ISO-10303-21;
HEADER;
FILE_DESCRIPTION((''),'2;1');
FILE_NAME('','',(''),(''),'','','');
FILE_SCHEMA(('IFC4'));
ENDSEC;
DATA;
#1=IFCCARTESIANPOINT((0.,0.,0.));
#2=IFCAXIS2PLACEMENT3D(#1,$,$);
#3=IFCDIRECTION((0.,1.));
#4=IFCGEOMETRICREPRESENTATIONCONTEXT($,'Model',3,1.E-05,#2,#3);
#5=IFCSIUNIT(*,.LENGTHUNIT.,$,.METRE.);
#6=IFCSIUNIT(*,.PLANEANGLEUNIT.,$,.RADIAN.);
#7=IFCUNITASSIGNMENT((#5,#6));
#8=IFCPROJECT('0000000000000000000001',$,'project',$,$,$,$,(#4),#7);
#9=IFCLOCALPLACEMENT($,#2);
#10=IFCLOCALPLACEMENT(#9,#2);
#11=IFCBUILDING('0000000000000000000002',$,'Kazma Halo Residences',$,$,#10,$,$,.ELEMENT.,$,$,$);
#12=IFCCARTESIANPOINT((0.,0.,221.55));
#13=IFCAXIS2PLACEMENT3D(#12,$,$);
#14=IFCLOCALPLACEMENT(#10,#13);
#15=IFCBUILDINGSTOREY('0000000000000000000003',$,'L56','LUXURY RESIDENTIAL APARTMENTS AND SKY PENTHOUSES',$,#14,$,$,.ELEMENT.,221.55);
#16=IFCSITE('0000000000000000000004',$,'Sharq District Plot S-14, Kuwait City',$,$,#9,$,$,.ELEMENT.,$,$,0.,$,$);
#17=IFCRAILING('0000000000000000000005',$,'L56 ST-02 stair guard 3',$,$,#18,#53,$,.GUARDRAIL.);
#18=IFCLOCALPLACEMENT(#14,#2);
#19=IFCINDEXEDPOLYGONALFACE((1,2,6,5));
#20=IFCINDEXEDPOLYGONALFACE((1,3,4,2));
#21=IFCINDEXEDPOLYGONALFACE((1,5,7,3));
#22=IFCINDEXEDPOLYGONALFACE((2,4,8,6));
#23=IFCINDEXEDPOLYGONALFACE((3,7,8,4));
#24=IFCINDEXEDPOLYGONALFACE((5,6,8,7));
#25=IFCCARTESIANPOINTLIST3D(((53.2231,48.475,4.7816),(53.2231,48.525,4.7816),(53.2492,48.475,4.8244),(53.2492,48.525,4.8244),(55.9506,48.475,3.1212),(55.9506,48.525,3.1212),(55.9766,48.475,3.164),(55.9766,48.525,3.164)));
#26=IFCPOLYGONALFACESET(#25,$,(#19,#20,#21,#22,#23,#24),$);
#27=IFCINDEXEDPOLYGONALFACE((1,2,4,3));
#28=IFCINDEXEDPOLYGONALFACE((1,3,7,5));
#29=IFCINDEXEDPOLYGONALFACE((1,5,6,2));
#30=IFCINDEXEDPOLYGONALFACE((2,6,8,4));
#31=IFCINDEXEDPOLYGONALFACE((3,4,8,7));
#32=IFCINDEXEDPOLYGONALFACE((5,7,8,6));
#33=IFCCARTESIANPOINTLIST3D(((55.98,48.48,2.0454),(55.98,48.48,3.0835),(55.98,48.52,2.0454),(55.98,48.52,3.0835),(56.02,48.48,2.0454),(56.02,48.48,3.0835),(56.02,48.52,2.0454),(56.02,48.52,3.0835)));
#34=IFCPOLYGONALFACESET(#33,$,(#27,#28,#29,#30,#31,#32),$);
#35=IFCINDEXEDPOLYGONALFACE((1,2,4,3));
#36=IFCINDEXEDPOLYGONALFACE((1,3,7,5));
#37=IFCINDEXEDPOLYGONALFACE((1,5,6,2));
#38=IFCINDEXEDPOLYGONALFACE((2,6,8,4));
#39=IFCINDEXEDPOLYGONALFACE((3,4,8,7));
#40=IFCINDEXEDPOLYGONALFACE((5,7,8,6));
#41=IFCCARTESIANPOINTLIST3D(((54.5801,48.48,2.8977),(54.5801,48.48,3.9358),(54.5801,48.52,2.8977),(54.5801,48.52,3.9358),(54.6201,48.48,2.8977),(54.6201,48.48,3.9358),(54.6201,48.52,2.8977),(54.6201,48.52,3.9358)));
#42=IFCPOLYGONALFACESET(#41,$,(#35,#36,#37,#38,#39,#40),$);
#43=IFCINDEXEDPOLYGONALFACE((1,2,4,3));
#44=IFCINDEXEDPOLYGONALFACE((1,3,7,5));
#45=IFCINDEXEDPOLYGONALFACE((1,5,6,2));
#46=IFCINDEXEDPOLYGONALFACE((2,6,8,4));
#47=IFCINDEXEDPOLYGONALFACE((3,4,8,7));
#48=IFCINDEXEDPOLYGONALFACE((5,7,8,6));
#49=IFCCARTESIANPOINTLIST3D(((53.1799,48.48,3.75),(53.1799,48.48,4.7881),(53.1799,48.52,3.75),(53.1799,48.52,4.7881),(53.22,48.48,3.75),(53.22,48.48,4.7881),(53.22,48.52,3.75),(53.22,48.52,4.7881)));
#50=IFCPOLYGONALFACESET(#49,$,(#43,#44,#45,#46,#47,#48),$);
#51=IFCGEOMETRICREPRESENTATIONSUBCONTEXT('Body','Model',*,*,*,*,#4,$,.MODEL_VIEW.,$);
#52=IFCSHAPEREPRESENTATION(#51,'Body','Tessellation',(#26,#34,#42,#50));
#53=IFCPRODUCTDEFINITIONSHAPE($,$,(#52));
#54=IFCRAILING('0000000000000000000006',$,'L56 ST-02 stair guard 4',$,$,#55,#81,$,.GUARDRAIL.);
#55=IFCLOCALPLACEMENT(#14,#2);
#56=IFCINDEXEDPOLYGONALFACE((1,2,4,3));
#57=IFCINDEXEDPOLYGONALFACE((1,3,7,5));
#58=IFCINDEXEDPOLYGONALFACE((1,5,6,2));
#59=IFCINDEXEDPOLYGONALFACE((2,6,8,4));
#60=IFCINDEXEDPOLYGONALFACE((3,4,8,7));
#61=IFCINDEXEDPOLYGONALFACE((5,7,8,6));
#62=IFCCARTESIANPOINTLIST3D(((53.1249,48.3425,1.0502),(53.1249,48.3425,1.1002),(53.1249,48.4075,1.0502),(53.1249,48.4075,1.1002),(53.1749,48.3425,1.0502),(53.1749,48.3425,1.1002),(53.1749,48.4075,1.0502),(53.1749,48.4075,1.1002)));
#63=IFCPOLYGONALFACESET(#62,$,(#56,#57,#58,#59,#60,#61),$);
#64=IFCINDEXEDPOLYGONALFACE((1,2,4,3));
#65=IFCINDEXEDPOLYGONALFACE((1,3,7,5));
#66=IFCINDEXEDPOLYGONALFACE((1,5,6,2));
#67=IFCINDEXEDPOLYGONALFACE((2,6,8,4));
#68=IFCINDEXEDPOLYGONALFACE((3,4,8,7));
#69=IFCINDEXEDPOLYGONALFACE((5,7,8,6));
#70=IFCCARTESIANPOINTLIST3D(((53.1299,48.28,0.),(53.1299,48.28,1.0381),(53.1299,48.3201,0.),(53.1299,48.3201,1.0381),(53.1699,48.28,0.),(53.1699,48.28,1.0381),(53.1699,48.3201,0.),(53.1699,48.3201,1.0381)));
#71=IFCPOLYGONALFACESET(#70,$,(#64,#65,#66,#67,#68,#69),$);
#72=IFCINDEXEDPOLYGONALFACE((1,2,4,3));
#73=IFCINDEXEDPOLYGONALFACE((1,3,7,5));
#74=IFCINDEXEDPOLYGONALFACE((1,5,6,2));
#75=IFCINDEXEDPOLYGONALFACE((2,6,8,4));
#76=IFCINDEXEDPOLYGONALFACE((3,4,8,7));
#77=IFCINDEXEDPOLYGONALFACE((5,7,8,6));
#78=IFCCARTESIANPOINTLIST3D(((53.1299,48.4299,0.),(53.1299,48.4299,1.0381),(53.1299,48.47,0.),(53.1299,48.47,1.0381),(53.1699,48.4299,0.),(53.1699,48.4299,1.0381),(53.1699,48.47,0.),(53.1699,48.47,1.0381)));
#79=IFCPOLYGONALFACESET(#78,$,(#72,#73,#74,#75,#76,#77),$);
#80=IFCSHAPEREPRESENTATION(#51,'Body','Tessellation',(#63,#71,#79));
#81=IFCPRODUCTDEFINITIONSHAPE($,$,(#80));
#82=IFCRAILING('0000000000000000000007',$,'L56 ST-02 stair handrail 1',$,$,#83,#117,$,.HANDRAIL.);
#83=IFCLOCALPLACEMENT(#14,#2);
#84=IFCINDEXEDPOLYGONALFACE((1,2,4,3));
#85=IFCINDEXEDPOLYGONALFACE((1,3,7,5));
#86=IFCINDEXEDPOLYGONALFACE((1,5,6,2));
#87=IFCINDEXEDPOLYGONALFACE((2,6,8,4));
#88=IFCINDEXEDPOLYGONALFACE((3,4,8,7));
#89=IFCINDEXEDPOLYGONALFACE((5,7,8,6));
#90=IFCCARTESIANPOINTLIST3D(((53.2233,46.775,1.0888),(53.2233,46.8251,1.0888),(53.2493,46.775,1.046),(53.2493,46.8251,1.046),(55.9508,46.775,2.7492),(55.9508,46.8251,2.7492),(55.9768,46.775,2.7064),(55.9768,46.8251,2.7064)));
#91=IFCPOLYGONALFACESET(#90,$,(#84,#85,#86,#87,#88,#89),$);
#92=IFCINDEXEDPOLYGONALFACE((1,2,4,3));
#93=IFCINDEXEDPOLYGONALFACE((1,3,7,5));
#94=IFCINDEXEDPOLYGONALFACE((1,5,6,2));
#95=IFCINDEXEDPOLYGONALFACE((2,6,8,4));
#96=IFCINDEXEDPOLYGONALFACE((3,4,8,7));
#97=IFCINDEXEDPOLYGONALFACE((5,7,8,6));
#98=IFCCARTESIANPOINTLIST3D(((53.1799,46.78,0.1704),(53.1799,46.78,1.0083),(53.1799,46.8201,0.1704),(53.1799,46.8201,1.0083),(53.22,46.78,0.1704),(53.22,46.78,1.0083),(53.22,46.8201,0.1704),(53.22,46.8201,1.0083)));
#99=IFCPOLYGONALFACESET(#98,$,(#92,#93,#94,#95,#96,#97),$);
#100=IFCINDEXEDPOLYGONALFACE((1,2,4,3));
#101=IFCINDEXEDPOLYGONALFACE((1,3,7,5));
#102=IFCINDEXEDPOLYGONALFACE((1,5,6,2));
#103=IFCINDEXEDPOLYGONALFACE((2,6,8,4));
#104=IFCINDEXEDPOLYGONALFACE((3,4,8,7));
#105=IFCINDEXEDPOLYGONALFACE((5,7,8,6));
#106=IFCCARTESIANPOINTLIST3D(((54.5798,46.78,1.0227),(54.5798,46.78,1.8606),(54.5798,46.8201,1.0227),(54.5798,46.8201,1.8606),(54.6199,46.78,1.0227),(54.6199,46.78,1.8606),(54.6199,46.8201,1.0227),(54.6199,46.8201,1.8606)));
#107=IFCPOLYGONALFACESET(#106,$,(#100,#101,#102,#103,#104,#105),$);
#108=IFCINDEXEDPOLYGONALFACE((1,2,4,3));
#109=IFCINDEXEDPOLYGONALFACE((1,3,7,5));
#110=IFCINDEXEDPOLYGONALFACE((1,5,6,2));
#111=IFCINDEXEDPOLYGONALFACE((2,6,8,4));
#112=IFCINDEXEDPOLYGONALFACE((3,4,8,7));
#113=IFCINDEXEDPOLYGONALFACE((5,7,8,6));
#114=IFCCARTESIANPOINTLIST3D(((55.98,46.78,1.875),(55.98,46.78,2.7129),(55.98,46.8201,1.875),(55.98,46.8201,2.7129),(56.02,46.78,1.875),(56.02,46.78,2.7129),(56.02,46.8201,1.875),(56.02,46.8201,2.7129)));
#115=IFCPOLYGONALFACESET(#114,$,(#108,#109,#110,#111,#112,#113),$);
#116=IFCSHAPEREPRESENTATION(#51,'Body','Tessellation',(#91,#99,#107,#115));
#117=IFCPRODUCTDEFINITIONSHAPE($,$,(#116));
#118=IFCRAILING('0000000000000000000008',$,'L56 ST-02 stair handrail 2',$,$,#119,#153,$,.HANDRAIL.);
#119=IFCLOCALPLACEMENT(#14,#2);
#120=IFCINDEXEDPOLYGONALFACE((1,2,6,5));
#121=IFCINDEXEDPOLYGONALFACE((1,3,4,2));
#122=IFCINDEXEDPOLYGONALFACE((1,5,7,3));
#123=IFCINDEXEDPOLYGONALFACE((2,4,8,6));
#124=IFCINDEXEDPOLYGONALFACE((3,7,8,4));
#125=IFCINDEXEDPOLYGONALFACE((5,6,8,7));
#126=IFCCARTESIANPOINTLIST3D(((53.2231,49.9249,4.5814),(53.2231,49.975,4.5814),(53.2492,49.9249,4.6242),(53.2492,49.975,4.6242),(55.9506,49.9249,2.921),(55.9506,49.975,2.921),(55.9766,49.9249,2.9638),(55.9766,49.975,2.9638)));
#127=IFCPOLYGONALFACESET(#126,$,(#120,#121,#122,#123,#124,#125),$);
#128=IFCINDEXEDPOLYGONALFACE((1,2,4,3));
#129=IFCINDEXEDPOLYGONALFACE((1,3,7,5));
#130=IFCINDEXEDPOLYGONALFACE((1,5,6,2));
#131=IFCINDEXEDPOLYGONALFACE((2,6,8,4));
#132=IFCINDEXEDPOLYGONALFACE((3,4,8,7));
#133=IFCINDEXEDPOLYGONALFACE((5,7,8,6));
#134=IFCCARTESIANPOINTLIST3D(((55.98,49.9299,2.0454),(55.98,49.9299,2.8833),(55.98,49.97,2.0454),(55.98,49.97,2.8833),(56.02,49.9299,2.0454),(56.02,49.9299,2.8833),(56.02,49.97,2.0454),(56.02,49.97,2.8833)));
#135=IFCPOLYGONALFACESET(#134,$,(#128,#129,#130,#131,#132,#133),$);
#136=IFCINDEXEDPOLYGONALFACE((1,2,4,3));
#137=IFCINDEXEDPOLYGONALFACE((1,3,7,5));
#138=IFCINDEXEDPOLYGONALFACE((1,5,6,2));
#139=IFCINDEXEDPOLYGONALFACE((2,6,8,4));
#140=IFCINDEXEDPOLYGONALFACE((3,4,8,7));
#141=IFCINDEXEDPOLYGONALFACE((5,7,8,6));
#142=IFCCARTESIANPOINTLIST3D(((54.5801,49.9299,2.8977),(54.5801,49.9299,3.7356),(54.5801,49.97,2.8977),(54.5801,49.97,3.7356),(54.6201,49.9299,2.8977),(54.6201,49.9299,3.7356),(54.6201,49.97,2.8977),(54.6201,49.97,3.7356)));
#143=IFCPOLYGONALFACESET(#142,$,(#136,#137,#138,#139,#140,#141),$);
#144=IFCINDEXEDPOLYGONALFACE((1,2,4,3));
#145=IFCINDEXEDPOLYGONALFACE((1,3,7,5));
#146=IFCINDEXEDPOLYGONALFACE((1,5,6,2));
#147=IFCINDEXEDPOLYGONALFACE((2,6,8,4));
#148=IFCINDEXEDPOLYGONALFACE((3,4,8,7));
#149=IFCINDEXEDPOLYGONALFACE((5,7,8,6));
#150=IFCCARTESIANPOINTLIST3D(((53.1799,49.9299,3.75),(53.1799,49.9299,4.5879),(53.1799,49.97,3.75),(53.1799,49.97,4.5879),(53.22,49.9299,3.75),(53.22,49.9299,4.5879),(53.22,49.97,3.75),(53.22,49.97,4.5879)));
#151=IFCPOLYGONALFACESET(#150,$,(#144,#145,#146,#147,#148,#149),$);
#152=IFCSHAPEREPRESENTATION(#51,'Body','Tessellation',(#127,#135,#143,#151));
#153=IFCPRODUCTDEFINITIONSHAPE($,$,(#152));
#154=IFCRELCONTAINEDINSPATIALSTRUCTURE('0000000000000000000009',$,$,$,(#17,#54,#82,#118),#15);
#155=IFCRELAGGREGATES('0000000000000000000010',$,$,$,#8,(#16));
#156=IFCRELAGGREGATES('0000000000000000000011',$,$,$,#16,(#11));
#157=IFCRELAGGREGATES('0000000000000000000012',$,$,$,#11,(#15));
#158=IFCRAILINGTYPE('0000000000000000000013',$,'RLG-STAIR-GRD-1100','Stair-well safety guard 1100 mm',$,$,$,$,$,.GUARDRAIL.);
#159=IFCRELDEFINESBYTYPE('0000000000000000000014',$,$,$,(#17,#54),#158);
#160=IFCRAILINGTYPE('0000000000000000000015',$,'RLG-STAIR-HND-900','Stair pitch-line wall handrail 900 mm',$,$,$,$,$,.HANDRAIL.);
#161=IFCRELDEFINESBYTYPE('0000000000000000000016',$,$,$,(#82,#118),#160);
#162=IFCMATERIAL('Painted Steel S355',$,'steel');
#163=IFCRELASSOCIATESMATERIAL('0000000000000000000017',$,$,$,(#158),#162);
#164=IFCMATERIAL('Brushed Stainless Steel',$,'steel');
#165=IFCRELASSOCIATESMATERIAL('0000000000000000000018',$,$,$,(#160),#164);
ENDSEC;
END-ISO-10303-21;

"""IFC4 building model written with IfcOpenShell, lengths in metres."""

from ifc_helpers import new_model, si_unit, direction, frame, origin, origin_2d, place, context, subcontext, project, spatial, rectangle, extrude, material, type_object, element, save


model = new_model("IFC4")

# Units and contexts
model_context = context("Model", 3, precision=1e-05, world=origin(), true_north=direction((0.0, 1.0)))
body_context = subcontext(model_context, "Body", "Model", "MODEL_VIEW")
ifc_project = project(units=[si_unit("LENGTHUNIT", "METRE"), si_unit("PLANEANGLEUNIT", "RADIAN")], contexts=[model_context])

# Site, building, storey
site_placement = place(None, origin())
site = spatial("IfcSite", under=ifc_project, at=site_placement, Name="Sharq District Plot S-14, Kuwait City", CompositionType="ELEMENT", RefElevation=0.0)
building_placement = place(site_placement, origin())
building = spatial("IfcBuilding", under=site, at=building_placement, Name="Kazma Halo Residences", CompositionType="ELEMENT")
storey_placement = place(building_placement, frame((0.0, 0.0, 221.55)))
storey = spatial("IfcBuildingStorey", under=building, at=storey_placement, Name="L56", Description="LUXURY RESIDENTIAL APARTMENTS AND SKY PENTHOUSES", CompositionType="ELEMENT", Elevation=221.55)

# Railings
ifc_material_1 = material(Name="Painted Steel S355", Category="steel")
railing_type_1 = type_object("IfcRailingType", Name="RLG-STAIR-GRD-1100", Description="Stair-well safety guard 1100 mm", PredefinedType="GUARDRAIL", material=ifc_material_1)
railing_1_placement = place(storey_placement, frame((56.0, 48.5, 2.0454)))
element("IfcRailing", 1, at=railing_1_placement, inside=storey, type_object=railing_type_1, Name="L56 ST-02 stair guard 3", PredefinedType="GUARDRAIL", context=body_context, shape_type="SweptSolid", body=[
    extrude(rectangle(XDim=0.05, YDim=0.05, at=origin_2d()), frame((-0.0364, 0.0, 1.0972), z_axis=(-0.85417, 0.0, 0.519994), x_axis=(0.0, -1.0, 0.0)), (0.0, 0.0, 1.0), 3.1931),
    extrude(rectangle(XDim=0.04, YDim=0.04, at=origin_2d()), origin(), (0.0, 0.0, 1.0), 1.0381),
    extrude(rectangle(XDim=0.04, YDim=0.04, at=origin_2d()), frame((-1.3999, 0.0, 0.8523)), (0.0, 0.0, 1.0), 1.0381),
    extrude(rectangle(XDim=0.04, YDim=0.04, at=origin_2d()), frame((-2.8, 0.0, 1.7046)), (0.0, 0.0, 1.0), 1.0381),
])
railing_2_placement = place(storey_placement, frame((53.1499, 48.3, 0.0)))
element("IfcRailing", 2, at=railing_2_placement, inside=storey, type_object=railing_type_1, Name="L56 ST-02 stair guard 4", PredefinedType="GUARDRAIL", context=body_context, shape_type="SweptSolid", body=[
    extrude(rectangle(XDim=0.05, YDim=0.05, at=origin_2d()), frame((0.0, 0.0425, 1.0752), z_axis=(0.0, 1.0, 0.0), x_axis=(-1.0, 0.0, 0.0)), (0.0, 0.0, 1.0), 0.0649),
    extrude(rectangle(XDim=0.04, YDim=0.04, at=origin_2d()), origin(), (0.0, 0.0, 1.0), 1.0381),
    extrude(rectangle(XDim=0.04, YDim=0.04, at=origin_2d()), frame((0.0, 0.1499, 0.0)), (0.0, 0.0, 1.0), 1.0381),
])
ifc_material_2 = material(Name="Brushed Stainless Steel", Category="steel")
railing_type_2 = type_object("IfcRailingType", Name="RLG-STAIR-HND-900", Description="Stair pitch-line wall handrail 900 mm", PredefinedType="HANDRAIL", material=ifc_material_2)
railing_3_placement = place(storey_placement, frame((53.2, 46.8, 0.1704)))
element("IfcRailing", 3, at=railing_3_placement, inside=storey, type_object=railing_type_2, Name="L56 ST-02 stair handrail 1", PredefinedType="HANDRAIL", context=body_context, shape_type="SweptSolid", body=[
    extrude(rectangle(XDim=0.05, YDim=0.05, at=origin_2d()), frame((0.0364, 0.0, 0.897), z_axis=(0.85417, 0.0, 0.519994), x_axis=(0.0, 1.0, 0.0)), (0.0, 0.0, 1.0), 3.1931),
    extrude(rectangle(XDim=0.04, YDim=0.04, at=origin_2d()), origin(), (0.0, 0.0, 1.0), 0.8379),
    extrude(rectangle(XDim=0.04, YDim=0.04, at=origin_2d()), frame((1.3999, 0.0, 0.8523)), (0.0, 0.0, 1.0), 0.8379),
    extrude(rectangle(XDim=0.04, YDim=0.04, at=origin_2d()), frame((2.8, 0.0, 1.7046)), (0.0, 0.0, 1.0), 0.8379),
])
railing_4_placement = place(storey_placement, frame((56.0, 49.95, 2.0454)))
element("IfcRailing", 4, at=railing_4_placement, inside=storey, type_object=railing_type_2, Name="L56 ST-02 stair handrail 2", PredefinedType="HANDRAIL", context=body_context, shape_type="SweptSolid", body=[
    extrude(rectangle(XDim=0.05, YDim=0.05, at=origin_2d()), frame((-0.0364, 0.0, 0.897), z_axis=(-0.85417, 0.0, 0.519994), x_axis=(0.0, -1.0, 0.0)), (0.0, 0.0, 1.0), 3.1931),
    extrude(rectangle(XDim=0.04, YDim=0.04, at=origin_2d()), origin(), (0.0, 0.0, 1.0), 0.8379),
    extrude(rectangle(XDim=0.04, YDim=0.04, at=origin_2d()), frame((-1.3999, 0.0, 0.8523)), (0.0, 0.0, 1.0), 0.8379),
    extrude(rectangle(XDim=0.04, YDim=0.04, at=origin_2d()), frame((-2.8, 0.0, 1.7046)), (0.0, 0.0, 1.0), 0.8379),
])

save(model, "model.ifc")
